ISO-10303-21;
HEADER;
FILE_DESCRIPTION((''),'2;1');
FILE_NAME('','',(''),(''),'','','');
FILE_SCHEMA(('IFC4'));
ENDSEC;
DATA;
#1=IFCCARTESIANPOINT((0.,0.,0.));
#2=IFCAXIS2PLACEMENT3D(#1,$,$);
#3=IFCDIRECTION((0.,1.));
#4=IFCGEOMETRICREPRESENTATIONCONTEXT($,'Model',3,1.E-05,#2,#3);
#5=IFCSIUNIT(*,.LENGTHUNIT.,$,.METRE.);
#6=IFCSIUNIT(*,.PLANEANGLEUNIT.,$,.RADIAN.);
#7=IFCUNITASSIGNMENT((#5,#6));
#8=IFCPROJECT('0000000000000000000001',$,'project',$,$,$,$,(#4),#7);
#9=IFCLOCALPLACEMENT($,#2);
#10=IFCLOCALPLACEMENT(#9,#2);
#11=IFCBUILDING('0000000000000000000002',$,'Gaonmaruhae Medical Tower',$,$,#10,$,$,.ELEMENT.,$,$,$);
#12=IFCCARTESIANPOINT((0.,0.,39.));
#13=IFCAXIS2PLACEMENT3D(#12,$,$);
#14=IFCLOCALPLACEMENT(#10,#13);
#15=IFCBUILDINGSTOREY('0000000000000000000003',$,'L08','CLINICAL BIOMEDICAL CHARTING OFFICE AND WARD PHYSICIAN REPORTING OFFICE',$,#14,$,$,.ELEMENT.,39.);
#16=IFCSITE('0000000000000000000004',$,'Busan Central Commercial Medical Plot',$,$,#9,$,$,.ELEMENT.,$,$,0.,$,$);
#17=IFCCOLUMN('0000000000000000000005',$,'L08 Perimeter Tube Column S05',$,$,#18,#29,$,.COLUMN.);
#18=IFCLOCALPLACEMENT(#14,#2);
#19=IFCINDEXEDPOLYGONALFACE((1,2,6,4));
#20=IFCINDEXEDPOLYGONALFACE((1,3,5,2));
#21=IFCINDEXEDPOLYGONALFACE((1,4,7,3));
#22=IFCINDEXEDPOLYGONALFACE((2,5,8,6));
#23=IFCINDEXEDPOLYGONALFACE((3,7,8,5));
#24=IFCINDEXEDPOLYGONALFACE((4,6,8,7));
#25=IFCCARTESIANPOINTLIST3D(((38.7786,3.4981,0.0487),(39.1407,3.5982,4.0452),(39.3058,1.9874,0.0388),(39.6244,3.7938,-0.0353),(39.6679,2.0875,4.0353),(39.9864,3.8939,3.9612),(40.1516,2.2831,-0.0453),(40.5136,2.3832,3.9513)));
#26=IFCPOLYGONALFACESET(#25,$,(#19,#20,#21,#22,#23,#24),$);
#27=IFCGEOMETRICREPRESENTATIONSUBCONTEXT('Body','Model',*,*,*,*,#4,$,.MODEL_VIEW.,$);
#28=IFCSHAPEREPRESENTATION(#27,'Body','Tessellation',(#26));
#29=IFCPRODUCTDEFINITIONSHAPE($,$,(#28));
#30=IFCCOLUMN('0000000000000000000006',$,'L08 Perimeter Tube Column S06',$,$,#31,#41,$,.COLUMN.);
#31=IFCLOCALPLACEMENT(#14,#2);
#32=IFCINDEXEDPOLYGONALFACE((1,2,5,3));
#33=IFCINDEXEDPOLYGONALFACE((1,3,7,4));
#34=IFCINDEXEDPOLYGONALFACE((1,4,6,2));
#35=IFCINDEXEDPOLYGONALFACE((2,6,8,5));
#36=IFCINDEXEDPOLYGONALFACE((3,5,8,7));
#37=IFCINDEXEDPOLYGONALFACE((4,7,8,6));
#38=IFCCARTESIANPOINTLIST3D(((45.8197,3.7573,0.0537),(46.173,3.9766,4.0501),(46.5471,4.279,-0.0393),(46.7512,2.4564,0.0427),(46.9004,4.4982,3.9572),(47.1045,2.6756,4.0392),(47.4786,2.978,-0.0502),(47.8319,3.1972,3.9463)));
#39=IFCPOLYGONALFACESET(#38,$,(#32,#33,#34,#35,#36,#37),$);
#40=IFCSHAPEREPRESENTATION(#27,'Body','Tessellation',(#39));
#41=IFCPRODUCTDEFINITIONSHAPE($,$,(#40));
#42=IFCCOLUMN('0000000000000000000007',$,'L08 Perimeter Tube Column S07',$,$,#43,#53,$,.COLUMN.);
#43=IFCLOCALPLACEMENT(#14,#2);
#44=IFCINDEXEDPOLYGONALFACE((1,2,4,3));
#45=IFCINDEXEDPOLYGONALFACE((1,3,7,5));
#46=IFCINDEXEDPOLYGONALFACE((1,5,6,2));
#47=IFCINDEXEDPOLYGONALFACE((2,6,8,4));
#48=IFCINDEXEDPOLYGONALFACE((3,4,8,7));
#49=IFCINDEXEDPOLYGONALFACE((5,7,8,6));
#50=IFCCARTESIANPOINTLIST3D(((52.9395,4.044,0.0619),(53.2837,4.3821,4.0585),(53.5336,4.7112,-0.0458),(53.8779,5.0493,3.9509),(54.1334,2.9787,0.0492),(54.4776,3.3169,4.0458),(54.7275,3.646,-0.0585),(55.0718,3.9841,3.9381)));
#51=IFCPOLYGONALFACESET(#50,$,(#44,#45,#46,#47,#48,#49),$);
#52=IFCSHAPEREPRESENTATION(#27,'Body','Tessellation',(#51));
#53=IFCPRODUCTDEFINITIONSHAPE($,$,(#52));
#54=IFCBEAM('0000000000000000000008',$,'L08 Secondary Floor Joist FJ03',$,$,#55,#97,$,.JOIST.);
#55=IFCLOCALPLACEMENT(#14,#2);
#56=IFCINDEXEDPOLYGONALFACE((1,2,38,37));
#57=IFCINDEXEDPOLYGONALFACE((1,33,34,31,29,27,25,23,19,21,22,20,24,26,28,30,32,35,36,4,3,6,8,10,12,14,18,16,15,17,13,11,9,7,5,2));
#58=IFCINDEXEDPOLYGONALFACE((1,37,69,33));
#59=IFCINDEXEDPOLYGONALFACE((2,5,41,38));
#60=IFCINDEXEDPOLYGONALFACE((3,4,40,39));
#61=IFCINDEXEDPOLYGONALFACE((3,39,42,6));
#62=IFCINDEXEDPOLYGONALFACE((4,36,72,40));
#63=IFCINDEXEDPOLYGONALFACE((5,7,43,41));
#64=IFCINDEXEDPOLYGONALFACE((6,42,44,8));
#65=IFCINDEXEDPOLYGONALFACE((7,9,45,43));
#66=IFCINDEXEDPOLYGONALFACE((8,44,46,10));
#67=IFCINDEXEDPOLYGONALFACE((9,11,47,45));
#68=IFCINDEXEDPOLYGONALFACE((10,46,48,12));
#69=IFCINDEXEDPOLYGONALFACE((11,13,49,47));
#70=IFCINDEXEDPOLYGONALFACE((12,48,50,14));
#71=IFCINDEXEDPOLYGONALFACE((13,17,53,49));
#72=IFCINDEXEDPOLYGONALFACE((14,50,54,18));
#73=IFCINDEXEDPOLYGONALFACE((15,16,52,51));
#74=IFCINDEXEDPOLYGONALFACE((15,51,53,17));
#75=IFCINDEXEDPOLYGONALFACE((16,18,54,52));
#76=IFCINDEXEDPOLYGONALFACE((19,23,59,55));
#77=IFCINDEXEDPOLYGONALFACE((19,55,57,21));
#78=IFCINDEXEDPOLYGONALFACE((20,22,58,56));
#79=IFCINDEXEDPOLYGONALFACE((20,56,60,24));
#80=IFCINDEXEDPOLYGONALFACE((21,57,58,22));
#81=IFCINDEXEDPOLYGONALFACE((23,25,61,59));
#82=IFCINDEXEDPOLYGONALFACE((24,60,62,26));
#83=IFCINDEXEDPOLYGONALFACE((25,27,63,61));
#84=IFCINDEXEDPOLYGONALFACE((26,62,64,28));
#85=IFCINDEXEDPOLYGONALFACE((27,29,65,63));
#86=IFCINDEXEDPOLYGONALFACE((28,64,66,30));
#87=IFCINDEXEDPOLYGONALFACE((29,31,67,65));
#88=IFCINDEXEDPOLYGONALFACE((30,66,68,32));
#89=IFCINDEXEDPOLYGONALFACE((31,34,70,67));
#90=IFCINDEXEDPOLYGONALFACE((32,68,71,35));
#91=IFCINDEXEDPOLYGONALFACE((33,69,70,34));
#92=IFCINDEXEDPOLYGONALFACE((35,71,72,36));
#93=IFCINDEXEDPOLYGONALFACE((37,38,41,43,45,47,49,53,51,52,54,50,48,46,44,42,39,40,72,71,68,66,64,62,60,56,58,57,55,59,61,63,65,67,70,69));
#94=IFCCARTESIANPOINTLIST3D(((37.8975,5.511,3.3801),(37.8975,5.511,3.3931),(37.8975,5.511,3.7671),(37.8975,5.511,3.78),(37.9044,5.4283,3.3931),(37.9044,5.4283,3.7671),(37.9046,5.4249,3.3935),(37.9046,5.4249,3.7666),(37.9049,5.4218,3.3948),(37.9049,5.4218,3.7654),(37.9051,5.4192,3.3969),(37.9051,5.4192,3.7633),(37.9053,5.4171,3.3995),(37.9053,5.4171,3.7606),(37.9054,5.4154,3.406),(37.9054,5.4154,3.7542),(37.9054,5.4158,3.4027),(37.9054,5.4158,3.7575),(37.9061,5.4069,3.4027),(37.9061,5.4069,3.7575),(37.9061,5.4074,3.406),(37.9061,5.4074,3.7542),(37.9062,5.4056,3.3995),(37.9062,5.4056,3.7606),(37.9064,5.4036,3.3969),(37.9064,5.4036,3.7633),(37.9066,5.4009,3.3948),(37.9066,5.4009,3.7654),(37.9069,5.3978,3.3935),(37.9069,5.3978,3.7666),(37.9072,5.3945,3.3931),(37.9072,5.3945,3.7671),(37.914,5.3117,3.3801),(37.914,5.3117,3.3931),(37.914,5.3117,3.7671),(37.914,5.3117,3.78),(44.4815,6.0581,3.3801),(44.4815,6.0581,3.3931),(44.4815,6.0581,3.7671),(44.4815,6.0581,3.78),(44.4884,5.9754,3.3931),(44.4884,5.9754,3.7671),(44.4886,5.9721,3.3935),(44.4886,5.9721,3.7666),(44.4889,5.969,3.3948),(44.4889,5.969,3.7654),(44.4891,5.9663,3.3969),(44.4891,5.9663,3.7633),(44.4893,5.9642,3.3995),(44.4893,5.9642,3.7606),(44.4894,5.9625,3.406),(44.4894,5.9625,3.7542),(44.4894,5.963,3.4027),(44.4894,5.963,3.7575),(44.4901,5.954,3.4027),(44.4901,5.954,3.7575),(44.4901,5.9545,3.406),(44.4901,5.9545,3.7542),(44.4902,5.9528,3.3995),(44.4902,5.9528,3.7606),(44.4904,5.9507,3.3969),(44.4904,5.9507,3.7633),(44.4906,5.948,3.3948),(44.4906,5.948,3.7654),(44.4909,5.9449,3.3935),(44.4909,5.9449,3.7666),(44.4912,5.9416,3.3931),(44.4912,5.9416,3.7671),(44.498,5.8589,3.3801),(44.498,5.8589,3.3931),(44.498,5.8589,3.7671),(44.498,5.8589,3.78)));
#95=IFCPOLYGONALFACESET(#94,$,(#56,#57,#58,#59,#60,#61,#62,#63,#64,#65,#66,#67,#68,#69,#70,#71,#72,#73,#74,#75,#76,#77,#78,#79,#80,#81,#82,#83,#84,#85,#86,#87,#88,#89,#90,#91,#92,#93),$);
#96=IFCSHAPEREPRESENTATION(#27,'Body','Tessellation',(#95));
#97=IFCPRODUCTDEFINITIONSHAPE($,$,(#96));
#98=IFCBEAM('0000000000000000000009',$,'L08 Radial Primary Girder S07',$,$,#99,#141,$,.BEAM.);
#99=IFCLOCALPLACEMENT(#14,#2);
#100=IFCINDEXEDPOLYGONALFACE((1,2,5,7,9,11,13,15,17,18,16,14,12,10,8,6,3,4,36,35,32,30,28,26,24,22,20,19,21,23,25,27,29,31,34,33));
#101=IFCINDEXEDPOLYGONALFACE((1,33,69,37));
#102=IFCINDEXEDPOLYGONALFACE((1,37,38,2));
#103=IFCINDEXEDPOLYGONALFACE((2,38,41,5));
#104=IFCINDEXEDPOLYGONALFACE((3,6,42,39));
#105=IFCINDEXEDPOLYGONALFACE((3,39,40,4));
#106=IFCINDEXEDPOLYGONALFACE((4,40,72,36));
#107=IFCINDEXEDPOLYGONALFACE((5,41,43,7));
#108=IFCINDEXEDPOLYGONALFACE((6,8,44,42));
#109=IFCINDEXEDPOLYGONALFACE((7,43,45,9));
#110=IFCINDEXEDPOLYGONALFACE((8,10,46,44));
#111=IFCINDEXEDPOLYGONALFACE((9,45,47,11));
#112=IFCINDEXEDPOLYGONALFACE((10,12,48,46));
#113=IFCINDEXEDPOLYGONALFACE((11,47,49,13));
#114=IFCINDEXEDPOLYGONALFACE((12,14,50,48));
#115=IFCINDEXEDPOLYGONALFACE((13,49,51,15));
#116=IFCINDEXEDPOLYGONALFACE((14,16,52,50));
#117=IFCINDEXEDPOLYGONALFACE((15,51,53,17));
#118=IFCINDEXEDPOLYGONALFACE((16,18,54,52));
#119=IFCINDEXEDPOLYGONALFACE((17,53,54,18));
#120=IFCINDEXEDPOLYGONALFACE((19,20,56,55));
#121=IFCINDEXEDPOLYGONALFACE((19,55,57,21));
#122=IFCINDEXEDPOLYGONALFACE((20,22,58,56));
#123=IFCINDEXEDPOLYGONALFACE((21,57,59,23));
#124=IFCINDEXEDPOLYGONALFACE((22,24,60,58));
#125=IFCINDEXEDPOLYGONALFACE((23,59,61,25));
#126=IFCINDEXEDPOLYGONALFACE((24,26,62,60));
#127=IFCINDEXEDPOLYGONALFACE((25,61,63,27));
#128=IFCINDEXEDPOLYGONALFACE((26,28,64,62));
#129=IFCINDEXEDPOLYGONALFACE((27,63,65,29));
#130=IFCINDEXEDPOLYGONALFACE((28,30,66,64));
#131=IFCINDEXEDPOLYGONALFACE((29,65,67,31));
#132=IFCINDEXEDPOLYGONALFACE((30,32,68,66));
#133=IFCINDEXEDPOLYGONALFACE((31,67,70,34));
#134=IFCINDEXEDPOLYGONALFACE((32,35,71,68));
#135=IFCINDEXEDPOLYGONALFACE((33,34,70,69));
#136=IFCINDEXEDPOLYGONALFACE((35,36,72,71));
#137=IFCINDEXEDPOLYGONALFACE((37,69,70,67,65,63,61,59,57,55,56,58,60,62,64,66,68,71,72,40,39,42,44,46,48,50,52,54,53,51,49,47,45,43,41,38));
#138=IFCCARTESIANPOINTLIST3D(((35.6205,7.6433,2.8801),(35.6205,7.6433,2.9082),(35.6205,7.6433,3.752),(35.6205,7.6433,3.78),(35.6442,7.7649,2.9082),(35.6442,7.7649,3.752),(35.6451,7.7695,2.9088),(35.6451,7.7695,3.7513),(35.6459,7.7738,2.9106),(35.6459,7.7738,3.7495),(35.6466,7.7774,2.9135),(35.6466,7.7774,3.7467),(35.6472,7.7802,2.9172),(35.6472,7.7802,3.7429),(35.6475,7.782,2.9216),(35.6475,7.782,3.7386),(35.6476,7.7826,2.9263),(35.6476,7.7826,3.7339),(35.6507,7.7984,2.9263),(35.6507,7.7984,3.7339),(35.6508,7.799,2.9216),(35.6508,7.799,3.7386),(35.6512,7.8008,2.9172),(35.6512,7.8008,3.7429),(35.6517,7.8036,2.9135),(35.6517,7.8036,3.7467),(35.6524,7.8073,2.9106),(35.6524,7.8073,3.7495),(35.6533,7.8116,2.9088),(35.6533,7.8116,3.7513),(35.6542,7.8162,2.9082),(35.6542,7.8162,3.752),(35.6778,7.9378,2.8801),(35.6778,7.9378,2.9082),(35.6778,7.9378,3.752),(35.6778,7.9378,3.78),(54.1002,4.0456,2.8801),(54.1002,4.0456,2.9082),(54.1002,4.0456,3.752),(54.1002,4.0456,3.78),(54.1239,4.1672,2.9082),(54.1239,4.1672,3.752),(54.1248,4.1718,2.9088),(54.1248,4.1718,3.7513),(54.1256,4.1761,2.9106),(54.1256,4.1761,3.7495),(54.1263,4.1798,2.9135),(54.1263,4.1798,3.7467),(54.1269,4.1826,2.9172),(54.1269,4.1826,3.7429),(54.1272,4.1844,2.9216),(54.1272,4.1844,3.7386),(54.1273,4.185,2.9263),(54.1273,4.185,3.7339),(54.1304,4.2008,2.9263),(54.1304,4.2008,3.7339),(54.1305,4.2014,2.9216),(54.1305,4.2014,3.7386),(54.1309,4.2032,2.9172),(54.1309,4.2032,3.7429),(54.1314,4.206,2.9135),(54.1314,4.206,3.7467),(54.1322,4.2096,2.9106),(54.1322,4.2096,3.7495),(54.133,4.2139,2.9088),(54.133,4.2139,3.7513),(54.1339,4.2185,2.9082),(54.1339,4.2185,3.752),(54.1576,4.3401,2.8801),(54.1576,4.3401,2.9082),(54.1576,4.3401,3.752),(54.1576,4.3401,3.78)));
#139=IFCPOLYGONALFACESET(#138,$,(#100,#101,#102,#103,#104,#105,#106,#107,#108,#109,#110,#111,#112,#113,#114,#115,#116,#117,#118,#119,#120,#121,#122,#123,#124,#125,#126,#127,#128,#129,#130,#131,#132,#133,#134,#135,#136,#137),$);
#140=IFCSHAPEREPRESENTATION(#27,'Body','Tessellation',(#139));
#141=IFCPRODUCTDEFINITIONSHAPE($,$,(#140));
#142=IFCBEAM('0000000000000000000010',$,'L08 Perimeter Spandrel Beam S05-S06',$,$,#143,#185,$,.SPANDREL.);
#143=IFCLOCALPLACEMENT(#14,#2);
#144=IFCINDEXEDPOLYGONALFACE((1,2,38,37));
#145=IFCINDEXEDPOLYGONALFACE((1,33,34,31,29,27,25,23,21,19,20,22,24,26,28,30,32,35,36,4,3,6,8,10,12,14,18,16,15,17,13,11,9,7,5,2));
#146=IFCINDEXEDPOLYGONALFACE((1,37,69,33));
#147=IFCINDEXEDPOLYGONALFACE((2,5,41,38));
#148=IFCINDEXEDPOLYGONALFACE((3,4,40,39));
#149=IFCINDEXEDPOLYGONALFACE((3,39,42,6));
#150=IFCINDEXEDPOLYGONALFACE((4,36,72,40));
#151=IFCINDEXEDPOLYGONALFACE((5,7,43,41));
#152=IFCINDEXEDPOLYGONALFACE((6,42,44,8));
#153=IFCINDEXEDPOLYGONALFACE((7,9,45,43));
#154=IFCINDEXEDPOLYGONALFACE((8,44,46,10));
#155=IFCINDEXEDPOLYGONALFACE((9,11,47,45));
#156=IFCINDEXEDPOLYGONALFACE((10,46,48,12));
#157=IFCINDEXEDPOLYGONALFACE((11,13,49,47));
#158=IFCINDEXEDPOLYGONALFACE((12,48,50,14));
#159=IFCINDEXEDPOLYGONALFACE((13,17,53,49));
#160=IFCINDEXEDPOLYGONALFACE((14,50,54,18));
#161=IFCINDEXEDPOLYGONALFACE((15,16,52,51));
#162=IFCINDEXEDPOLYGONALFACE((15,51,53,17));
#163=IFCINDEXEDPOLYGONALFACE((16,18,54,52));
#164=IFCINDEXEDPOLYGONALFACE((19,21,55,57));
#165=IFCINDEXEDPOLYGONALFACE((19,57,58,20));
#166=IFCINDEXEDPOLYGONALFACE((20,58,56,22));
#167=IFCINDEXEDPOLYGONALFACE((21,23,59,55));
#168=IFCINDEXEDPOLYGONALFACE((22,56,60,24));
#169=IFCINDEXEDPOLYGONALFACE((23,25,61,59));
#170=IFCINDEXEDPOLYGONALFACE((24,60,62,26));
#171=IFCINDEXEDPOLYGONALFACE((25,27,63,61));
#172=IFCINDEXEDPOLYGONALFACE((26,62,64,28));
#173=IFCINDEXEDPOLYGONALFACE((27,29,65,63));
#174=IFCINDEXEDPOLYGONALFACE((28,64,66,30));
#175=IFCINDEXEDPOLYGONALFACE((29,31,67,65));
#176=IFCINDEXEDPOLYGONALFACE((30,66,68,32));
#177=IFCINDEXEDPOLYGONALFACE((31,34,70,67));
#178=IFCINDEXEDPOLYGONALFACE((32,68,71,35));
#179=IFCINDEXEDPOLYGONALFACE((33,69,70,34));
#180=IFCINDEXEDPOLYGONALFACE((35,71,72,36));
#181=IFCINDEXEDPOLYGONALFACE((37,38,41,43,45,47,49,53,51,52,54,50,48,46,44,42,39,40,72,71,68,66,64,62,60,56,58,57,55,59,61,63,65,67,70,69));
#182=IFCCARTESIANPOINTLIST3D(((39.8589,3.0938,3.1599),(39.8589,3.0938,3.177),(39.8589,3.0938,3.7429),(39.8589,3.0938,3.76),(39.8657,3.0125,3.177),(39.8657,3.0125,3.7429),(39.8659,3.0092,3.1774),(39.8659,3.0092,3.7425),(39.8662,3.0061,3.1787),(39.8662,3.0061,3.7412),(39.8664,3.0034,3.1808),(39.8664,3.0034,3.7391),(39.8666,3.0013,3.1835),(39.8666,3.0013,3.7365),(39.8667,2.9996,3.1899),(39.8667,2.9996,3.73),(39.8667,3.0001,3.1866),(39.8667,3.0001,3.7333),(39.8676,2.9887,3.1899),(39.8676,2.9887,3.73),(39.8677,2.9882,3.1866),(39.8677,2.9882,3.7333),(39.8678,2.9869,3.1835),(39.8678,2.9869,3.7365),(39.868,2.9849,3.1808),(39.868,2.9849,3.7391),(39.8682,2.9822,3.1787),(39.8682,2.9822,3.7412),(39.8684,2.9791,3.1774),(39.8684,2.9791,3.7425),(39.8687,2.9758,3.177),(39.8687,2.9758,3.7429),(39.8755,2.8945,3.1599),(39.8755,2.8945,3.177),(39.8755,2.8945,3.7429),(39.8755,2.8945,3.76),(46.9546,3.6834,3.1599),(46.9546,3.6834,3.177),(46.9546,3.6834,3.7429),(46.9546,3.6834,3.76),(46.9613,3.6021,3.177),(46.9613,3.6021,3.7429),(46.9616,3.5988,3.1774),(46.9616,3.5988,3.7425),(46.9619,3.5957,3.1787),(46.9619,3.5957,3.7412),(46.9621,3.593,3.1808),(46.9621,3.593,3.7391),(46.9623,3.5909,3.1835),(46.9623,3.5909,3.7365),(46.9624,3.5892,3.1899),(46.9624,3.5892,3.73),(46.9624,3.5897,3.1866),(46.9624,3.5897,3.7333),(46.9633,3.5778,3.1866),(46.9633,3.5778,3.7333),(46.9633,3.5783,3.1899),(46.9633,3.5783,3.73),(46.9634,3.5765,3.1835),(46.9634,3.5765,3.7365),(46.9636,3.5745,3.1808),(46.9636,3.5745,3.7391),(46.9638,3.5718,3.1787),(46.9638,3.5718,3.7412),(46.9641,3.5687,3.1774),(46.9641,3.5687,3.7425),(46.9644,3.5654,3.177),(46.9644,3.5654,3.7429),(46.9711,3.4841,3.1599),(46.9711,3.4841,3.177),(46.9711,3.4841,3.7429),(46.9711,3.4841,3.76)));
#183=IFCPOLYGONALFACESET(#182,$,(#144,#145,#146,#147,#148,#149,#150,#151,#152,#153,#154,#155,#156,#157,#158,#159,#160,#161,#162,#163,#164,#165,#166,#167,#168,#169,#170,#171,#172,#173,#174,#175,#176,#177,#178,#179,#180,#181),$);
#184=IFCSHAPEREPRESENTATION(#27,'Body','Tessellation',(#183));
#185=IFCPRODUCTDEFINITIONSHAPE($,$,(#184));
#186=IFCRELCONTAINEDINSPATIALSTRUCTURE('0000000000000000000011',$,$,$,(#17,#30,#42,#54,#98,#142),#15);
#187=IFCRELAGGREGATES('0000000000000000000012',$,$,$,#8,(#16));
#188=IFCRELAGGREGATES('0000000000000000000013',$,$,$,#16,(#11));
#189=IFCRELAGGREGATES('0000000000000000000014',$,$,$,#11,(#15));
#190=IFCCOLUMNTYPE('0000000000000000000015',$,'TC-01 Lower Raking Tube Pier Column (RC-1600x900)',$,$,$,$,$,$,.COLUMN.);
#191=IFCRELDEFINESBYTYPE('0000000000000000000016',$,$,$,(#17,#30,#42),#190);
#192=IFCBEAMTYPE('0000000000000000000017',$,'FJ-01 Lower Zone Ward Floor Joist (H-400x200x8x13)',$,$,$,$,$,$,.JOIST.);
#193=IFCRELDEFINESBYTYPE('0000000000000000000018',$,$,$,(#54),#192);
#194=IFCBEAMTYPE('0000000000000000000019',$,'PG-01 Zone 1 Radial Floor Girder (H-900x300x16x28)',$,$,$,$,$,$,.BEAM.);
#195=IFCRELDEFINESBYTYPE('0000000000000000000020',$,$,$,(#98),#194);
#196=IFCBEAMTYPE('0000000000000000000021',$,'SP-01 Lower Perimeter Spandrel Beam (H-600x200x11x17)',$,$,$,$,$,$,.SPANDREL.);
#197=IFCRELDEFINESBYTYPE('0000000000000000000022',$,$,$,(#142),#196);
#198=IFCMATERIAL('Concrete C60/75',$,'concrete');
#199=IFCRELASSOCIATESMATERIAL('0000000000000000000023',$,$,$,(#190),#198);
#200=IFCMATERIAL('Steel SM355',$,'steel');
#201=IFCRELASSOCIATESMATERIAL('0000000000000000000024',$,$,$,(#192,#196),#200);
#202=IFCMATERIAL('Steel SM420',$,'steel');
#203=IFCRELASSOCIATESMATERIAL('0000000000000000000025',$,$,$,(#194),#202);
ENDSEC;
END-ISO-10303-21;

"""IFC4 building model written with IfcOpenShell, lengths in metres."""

from ifc_helpers import new_model, si_unit, direction, frame, origin, origin_2d, place, context, subcontext, project, spatial, rectangle, i_section, extrude, material, material_profile, profile_set, type_object, element, save


model = new_model("IFC4")

# Units and contexts
model_context = context("Model", 3, precision=1e-05, world=origin(), true_north=direction((0.0, 1.0)))
body_context = subcontext(model_context, "Body", "Model", "MODEL_VIEW")
ifc_project = project(units=[si_unit("LENGTHUNIT", "METRE"), si_unit("PLANEANGLEUNIT", "RADIAN")], contexts=[model_context])

# Site, building, storey
site_placement = place(None, origin())
site = spatial("IfcSite", under=ifc_project, at=site_placement, Name="Busan Central Commercial Medical Plot", CompositionType="ELEMENT", RefElevation=0.0)
building_placement = place(site_placement, origin())
building = spatial("IfcBuilding", under=site, at=building_placement, Name="Gaonmaruhae Medical Tower", CompositionType="ELEMENT")
storey_placement = place(building_placement, frame((0.0, 0.0, 39.0)))
storey = spatial("IfcBuildingStorey", under=building, at=storey_placement, Name="L08", Description="CLINICAL BIOMEDICAL CHARTING OFFICE AND WARD PHYSICIAN REPORTING OFFICE", CompositionType="ELEMENT", Elevation=39.0)

# Columns
ifc_material_1 = material(Name="Concrete C60/75", Category="concrete")
ifc_material_profile_1 = material_profile(ifc_material_1, rectangle(XDim=1.6001, YDim=0.8999, at=origin_2d()), Name="RC-1600x900")
ifc_profile_set_1 = profile_set([ifc_material_profile_1], Name="Concrete C60/75")
column_type = type_object("IfcColumnType", Name="TC-01 Lower Raking Tube Pier Column (RC-1600x900)", PredefinedType="COLUMN", material=ifc_profile_set_1)
column_1_placement = place(storey_placement, frame((39.4651, 2.8906, 0.0017), z_axis=(0.090195, 0.024936, 0.995612), x_axis=(-0.329482, 0.944142, 0.006202)))
element("IfcColumn", 1, at=column_1_placement, inside=storey, type_object=column_type, Name="L08 Perimeter Tube Column S05", PredefinedType="COLUMN", context=body_context, shape_type="SweptSolid", body=[
    extrude(rectangle(XDim=1.6001, YDim=0.8999, at=origin_2d()), origin(), (0.0, 0.0, 1.0), 4.0142),
])
column_2_placement = place(storey_placement, frame((46.6492, 3.3677, 0.0017), z_axis=(0.087919, 0.054562, 0.994632), x_axis=(-0.582154, 0.813049, 0.006858)))
element("IfcColumn", 2, at=column_2_placement, inside=storey, type_object=column_type, Name="L08 Perimeter Tube Column S06", PredefinedType="COLUMN", context=body_context, shape_type="SweptSolid", body=[
    extrude(rectangle(XDim=1.6001, YDim=0.8999, at=origin_2d()), origin(), (0.0, 0.0, 1.0), 4.0181),
])
column_3_placement = place(storey_placement, frame((53.8335, 3.845, 0.0017), z_axis=(0.085512, 0.083996, 0.99279), x_axis=(-0.746152, 0.665728, 0.007944)))
element("IfcColumn", 3, at=column_3_placement, inside=storey, type_object=column_type, Name="L08 Perimeter Tube Column S07", PredefinedType="COLUMN", context=body_context, shape_type="SweptSolid", body=[
    extrude(rectangle(XDim=1.6001, YDim=0.8999, at=origin_2d()), origin(), (0.0, 0.0, 1.0), 4.0256),
])

# Beams
ifc_material_2 = material(Name="Steel SM355", Category="steel")
ifc_material_profile_2 = material_profile(ifc_material_2, i_section(OverallWidth=0.2, OverallDepth=0.3999, WebThickness=0.0081, FlangeThickness=0.0129, FilletRadius=0.0129, at=origin_2d()), Name="H-400x200x8x13")
ifc_profile_set_2 = profile_set([ifc_material_profile_2], Name="Steel SM355")
beam_type_1 = type_object("IfcBeamType", Name="FJ-01 Lower Zone Ward Floor Joist (H-400x200x8x13)", PredefinedType="JOIST", material=ifc_profile_set_2)
beam_1_placement = place(storey_placement, frame((37.9058, 5.4114, 3.5801), z_axis=(0.996565, 0.082813, 0.0), x_axis=(-0.082813, 0.996565, 0.0)))
element("IfcBeam", 4, at=beam_1_placement, inside=storey, type_object=beam_type_1, Name="L08 Secondary Floor Joist FJ03", PredefinedType="JOIST", context=body_context, shape_type="SweptSolid", body=[
    extrude(i_section(OverallWidth=0.2, OverallDepth=0.3999, WebThickness=0.0081, FlangeThickness=0.0129, FilletRadius=0.0129, at=origin_2d()), origin(), (0.0, 0.0, 1.0), 6.6067),
])
ifc_material_3 = material(Name="Steel SM420", Category="steel")
ifc_material_profile_3 = material_profile(ifc_material_3, i_section(OverallWidth=0.3, OverallDepth=0.8999, WebThickness=0.0161, FlangeThickness=0.0281, FilletRadius=0.0181, at=origin_2d()), Name="H-900x300x16x28")
ifc_profile_set_3 = profile_set([ifc_material_profile_3], Name="Steel SM420")
beam_type_2 = type_object("IfcBeamType", Name="PG-01 Zone 1 Radial Floor Girder (H-900x300x16x28)", PredefinedType="BEAM", material=ifc_profile_set_3)
beam_2_placement = place(storey_placement, frame((35.6492, 7.7905, 3.3301), z_axis=(0.981572, -0.191094, 0.0), x_axis=(0.191094, 0.981572, 0.0)))
element("IfcBeam", 5, at=beam_2_placement, inside=storey, type_object=beam_type_2, Name="L08 Radial Primary Girder S07", PredefinedType="BEAM", context=body_context, shape_type="SweptSolid", body=[
    extrude(i_section(OverallWidth=0.3, OverallDepth=0.8999, WebThickness=0.0161, FlangeThickness=0.0281, FilletRadius=0.0181, at=origin_2d()), origin(), (0.0, 0.0, 1.0), 18.8267),
])
ifc_material_profile_4 = material_profile(ifc_material_2, i_section(OverallWidth=0.2, OverallDepth=0.6001, WebThickness=0.011, FlangeThickness=0.0171, FilletRadius=0.0129, at=origin_2d()), Name="H-600x200x11x17")
ifc_profile_set_4 = profile_set([ifc_material_profile_4], Name="Steel SM355")
beam_type_3 = type_object("IfcBeamType", Name="SP-01 Lower Perimeter Spandrel Beam (H-600x200x11x17)", PredefinedType="SPANDREL", material=ifc_profile_set_4)
beam_3_placement = place(storey_placement, frame((39.8672, 2.9941, 3.46), z_axis=(0.996566, 0.082807, 0.0), x_axis=(-0.082807, 0.996566, 0.0)))
element("IfcBeam", 6, at=beam_3_placement, inside=storey, type_object=beam_type_3, Name="L08 Perimeter Spandrel Beam S05-S06", PredefinedType="SPANDREL", context=body_context, shape_type="SweptSolid", body=[
    extrude(i_section(OverallWidth=0.2, OverallDepth=0.6001, WebThickness=0.011, FlangeThickness=0.0171, FilletRadius=0.0129, at=origin_2d()), origin(), (0.0, 0.0, 1.0), 7.1201),
])

save(model, "model.ifc")
